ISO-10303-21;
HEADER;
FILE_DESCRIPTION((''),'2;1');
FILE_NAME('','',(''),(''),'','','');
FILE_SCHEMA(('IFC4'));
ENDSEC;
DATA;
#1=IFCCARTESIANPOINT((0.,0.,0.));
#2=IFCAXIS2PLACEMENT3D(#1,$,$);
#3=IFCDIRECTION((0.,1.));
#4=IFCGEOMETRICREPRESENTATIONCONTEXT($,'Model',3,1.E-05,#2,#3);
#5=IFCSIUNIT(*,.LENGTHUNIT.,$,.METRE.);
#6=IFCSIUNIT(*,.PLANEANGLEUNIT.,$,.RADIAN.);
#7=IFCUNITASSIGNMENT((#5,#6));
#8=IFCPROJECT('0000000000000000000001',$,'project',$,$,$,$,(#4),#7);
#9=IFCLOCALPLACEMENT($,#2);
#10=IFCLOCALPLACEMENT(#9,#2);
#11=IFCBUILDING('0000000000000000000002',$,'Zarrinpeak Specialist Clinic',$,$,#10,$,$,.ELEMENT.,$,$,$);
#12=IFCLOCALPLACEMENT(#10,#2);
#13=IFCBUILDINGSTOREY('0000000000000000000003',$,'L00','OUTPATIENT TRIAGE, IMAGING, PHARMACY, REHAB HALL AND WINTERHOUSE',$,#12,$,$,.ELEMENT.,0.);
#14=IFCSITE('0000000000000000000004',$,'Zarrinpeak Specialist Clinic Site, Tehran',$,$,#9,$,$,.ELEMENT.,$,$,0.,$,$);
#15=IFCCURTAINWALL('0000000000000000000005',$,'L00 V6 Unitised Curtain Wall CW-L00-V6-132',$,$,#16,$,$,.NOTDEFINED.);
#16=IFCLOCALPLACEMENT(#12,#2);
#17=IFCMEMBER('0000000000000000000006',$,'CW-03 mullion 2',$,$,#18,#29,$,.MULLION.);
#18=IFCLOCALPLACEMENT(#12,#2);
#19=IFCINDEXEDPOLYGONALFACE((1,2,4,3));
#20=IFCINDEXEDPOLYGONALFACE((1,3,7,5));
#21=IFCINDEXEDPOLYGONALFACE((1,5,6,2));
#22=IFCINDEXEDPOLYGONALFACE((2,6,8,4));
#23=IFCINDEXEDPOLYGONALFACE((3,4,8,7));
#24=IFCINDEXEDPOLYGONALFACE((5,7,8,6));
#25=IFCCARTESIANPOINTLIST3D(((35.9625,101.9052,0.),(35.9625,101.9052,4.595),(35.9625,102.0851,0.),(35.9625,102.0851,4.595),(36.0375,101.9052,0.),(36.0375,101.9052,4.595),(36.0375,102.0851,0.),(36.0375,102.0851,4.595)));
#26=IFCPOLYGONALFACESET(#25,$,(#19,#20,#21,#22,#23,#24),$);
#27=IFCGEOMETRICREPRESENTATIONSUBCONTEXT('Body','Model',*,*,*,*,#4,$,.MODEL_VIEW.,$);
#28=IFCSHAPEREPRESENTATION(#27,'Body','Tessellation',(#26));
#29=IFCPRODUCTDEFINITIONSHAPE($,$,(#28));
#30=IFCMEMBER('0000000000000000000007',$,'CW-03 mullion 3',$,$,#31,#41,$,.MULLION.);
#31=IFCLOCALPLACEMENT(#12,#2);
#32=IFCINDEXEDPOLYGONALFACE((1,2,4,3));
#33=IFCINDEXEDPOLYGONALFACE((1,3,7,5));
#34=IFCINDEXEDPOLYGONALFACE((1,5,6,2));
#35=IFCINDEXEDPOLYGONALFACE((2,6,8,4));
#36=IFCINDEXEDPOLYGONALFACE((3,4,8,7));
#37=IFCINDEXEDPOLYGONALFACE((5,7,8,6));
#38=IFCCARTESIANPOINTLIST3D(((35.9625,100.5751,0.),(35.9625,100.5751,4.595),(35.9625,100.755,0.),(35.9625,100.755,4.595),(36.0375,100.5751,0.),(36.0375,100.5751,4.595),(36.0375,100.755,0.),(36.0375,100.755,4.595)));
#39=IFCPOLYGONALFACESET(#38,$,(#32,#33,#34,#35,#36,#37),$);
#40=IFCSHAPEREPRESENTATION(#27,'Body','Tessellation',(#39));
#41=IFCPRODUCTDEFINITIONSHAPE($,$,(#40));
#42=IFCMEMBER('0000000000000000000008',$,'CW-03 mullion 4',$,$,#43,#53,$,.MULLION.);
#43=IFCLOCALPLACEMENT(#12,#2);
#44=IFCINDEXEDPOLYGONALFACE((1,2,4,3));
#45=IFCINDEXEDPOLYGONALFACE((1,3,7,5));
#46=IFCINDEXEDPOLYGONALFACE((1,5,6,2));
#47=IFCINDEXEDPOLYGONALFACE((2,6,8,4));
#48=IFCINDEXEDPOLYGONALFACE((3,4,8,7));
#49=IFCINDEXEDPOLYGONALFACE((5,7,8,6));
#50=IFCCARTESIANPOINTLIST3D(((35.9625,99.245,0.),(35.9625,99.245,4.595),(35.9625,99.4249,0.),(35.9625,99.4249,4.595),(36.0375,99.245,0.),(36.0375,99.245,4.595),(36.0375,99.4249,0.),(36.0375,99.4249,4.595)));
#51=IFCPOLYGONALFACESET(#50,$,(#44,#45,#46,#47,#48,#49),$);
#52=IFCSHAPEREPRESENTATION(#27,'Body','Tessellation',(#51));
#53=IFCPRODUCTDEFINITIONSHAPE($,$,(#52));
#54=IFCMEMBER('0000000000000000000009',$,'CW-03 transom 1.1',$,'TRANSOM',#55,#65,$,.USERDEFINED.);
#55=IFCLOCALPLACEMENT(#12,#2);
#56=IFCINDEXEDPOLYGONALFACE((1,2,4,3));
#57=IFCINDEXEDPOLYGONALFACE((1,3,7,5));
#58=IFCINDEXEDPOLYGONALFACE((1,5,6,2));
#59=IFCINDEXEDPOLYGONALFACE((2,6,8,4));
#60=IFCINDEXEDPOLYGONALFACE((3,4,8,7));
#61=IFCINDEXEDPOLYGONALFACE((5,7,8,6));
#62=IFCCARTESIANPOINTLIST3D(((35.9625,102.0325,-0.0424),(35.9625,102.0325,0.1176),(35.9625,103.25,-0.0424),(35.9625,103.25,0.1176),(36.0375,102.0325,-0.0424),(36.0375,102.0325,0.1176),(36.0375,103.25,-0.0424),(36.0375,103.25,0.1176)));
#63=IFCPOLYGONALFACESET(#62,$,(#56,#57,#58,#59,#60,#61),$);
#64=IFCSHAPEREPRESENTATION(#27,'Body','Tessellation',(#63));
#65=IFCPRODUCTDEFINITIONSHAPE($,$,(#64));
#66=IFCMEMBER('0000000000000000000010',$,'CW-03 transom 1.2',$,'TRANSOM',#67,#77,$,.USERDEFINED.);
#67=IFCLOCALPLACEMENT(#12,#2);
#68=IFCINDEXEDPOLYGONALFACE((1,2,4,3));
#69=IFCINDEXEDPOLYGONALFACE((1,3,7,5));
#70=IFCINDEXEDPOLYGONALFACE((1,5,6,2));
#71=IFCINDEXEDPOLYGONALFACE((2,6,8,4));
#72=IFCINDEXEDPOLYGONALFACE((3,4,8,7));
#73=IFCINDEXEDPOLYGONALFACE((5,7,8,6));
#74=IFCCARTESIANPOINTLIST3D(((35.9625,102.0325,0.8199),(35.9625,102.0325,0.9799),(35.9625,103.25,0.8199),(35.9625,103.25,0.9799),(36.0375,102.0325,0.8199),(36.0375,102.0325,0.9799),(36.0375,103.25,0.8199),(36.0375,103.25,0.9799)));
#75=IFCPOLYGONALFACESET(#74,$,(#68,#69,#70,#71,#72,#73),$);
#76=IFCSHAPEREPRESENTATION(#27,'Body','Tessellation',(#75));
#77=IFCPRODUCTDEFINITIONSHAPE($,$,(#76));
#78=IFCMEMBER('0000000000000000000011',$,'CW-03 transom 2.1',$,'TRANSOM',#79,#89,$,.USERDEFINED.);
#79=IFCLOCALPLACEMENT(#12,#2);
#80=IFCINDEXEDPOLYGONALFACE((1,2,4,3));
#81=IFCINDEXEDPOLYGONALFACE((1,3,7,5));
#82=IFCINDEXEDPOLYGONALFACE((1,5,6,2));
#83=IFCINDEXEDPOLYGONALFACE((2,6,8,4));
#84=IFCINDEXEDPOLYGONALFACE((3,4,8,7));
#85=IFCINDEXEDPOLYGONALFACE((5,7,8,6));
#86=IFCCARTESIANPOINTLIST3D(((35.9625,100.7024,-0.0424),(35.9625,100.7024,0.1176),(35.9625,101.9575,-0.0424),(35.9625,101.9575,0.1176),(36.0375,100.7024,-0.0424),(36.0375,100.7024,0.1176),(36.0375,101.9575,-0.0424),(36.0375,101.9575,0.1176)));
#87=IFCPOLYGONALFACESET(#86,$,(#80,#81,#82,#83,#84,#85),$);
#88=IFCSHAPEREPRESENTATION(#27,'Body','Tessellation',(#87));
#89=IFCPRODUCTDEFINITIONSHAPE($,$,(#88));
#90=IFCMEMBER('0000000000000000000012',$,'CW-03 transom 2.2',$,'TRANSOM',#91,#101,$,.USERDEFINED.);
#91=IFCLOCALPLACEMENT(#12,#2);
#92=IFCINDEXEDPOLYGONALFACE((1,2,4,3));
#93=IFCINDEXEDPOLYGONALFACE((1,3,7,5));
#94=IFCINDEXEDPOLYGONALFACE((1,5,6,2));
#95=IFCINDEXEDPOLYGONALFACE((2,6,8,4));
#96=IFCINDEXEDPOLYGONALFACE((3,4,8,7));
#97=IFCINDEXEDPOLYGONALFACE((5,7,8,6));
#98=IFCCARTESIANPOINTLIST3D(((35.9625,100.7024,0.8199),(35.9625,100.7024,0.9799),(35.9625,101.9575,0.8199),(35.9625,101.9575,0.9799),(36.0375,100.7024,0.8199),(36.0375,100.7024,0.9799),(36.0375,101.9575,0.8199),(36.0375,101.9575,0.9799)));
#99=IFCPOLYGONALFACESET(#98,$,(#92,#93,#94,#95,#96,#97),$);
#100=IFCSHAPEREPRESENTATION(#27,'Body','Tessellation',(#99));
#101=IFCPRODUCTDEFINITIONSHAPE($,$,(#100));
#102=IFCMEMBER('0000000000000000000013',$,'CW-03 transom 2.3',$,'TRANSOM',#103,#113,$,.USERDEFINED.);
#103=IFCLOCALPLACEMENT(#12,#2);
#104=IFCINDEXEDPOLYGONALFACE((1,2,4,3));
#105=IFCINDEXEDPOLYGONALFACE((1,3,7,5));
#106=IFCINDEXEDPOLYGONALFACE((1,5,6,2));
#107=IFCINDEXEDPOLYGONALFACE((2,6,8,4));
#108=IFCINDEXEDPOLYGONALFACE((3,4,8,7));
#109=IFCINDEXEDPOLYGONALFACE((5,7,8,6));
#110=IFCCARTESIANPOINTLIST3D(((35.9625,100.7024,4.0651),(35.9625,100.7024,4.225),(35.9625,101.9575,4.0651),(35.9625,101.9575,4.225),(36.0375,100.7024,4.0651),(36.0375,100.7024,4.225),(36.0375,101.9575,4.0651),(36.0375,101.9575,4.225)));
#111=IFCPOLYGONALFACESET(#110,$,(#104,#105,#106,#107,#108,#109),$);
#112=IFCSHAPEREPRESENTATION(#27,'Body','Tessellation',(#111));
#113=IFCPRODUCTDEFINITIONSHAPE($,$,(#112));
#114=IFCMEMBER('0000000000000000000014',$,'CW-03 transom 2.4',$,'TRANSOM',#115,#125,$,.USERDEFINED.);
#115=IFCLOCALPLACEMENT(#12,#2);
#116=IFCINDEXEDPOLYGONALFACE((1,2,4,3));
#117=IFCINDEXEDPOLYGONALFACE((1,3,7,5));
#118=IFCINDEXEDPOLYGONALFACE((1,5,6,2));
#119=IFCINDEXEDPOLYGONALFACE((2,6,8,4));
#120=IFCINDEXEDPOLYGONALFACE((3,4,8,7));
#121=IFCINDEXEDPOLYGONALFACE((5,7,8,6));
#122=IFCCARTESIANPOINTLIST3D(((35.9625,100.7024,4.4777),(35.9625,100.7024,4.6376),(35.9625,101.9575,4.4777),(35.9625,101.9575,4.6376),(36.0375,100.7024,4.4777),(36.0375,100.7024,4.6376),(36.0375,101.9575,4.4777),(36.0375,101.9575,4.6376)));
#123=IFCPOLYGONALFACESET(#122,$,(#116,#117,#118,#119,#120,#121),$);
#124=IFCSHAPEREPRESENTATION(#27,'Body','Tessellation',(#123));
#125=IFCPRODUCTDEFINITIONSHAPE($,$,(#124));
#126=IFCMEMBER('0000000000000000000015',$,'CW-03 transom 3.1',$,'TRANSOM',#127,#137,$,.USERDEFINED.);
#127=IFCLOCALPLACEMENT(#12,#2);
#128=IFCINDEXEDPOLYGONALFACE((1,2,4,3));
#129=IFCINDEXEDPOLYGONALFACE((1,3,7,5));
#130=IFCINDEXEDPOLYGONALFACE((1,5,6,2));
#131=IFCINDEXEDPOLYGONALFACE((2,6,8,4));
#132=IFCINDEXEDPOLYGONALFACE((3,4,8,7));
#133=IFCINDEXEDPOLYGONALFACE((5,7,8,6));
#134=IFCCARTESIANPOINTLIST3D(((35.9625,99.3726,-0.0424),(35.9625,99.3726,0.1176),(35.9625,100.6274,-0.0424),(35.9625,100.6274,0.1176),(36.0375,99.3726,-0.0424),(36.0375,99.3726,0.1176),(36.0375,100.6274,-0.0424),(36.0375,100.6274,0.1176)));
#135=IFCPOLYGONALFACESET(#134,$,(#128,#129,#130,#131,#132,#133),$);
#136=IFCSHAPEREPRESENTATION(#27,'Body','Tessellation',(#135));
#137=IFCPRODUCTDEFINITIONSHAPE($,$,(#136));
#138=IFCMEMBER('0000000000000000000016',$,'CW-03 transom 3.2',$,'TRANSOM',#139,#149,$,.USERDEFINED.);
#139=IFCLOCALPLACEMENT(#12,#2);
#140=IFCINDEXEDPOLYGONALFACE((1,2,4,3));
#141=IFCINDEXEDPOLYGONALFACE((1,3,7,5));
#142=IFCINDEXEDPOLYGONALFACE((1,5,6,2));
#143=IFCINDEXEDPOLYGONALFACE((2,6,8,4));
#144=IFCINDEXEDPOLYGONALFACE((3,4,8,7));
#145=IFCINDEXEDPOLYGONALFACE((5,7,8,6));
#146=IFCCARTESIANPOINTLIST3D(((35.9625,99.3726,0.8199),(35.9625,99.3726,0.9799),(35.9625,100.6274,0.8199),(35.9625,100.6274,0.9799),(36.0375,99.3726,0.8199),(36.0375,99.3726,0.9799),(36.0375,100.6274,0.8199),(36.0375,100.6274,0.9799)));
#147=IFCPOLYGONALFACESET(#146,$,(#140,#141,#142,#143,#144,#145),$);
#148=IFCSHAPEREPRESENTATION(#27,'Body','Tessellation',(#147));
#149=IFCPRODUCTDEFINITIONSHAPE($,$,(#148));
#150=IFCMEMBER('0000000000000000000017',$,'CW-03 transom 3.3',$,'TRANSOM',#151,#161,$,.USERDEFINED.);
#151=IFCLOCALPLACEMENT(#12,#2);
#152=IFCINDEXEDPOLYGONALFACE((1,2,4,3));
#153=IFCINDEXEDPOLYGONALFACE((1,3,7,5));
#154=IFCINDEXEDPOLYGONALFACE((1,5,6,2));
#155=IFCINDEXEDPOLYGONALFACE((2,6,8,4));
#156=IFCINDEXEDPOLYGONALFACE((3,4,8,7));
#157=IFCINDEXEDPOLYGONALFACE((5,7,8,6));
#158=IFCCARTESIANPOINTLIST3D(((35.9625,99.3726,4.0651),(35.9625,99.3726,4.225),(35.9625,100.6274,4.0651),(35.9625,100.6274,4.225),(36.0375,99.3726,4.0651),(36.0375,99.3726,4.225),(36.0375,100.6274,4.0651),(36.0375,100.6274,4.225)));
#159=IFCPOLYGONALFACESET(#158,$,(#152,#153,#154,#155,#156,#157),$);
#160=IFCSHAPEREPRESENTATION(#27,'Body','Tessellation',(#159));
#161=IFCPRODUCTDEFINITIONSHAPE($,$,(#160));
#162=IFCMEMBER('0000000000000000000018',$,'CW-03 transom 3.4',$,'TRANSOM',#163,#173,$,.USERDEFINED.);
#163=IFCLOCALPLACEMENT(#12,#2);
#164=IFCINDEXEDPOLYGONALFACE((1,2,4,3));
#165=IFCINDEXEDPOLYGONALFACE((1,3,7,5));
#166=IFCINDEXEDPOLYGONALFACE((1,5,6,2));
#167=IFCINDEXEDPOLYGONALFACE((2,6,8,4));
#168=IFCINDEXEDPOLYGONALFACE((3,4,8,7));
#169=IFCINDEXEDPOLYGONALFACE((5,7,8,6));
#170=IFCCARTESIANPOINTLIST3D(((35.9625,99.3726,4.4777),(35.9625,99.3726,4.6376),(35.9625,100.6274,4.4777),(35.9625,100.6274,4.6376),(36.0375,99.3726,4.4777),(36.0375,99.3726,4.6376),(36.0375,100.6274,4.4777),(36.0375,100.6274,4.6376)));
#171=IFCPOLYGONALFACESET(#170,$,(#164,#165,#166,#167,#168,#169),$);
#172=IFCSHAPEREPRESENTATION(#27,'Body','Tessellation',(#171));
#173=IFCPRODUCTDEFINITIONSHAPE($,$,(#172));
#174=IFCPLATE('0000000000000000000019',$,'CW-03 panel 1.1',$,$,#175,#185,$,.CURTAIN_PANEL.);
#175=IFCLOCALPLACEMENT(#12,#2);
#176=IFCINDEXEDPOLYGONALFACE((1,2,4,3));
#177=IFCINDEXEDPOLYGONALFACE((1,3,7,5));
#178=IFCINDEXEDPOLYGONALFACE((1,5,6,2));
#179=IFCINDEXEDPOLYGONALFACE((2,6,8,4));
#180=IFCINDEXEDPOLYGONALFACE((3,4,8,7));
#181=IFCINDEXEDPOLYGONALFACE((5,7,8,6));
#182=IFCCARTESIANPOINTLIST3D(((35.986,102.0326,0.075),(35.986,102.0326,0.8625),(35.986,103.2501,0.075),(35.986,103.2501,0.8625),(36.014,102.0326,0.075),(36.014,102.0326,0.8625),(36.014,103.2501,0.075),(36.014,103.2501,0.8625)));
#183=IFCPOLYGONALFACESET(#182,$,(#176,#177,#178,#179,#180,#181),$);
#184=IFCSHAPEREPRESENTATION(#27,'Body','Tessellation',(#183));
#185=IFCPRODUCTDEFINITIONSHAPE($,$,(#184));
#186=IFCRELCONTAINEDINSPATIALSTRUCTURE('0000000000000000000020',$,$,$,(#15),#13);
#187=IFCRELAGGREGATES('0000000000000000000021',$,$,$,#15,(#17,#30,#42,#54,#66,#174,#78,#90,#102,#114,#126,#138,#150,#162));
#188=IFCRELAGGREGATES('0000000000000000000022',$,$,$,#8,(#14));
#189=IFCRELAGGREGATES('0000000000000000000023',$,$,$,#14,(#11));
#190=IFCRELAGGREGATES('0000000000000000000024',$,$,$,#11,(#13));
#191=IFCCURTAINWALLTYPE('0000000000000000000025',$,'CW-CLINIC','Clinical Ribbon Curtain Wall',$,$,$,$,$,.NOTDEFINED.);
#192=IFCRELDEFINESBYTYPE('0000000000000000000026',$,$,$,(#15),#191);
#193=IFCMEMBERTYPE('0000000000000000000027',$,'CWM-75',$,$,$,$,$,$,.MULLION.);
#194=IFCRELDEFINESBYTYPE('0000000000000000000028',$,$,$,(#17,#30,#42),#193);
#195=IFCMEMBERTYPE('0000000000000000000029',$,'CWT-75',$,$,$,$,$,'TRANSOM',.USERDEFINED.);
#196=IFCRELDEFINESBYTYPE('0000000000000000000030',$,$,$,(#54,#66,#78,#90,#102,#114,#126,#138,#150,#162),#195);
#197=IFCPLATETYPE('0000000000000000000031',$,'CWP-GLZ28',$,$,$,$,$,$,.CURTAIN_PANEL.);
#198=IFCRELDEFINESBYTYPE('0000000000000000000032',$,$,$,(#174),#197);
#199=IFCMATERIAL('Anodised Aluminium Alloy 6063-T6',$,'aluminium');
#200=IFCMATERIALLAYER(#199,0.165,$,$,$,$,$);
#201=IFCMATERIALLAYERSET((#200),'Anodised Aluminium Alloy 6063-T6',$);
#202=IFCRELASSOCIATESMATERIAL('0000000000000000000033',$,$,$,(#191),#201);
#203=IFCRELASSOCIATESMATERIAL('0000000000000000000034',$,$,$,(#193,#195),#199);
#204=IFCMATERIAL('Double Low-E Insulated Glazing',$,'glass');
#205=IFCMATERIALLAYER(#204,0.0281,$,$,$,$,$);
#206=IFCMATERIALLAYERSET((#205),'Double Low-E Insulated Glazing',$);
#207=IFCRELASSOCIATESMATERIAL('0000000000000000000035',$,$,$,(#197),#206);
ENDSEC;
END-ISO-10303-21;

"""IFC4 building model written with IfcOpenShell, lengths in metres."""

from ifc_helpers import new_model, si_unit, direction, frame, origin, origin_2d, place, context, subcontext, project, spatial, rectangle, extrude, material, layer, layer_set, material_profile, profile_set, type_object, element, aggregate, save


model = new_model("IFC4")

# Units and contexts
model_context = context("Model", 3, precision=1e-05, world=origin(), true_north=direction((0.0, 1.0)))
body_context = subcontext(model_context, "Body", "Model", "MODEL_VIEW")
ifc_project = project(units=[si_unit("LENGTHUNIT", "METRE"), si_unit("PLANEANGLEUNIT", "RADIAN")], contexts=[model_context])

# Site, building, storey
site_placement = place(None, origin())
site = spatial("IfcSite", under=ifc_project, at=site_placement, Name="Zarrinpeak Specialist Clinic Site, Tehran", CompositionType="ELEMENT", RefElevation=0.0)
building_placement = place(site_placement, origin())
building = spatial("IfcBuilding", under=site, at=building_placement, Name="Zarrinpeak Specialist Clinic", CompositionType="ELEMENT")
storey_placement = place(building_placement, origin())
storey = spatial("IfcBuildingStorey", under=building, at=storey_placement, Name="L00", Description="OUTPATIENT TRIAGE, IMAGING, PHARMACY, REHAB HALL AND WINTERHOUSE", CompositionType="ELEMENT", Elevation=0.0)

# Curtain wall, members, plate
ifc_material_1 = material(Name="Anodised Aluminium Alloy 6063-T6", Category="aluminium")
ifc_layer_1 = layer(ifc_material_1, 0.165)
ifc_layer_set_1 = layer_set([ifc_layer_1], Name="Anodised Aluminium Alloy 6063-T6")
curtain_wall_type = type_object("IfcCurtainWallType", Name="CW-CLINIC", Description="Clinical Ribbon Curtain Wall", PredefinedType="NOTDEFINED", material=ifc_layer_set_1)
curtain_wall_placement = place(storey_placement, origin())
curtain_wall = element("IfcCurtainWall", 1, at=curtain_wall_placement, inside=storey, type_object=curtain_wall_type, Name="L00 V6 Unitised Curtain Wall CW-L00-V6-132", PredefinedType="NOTDEFINED")
ifc_material_profile_1 = material_profile(ifc_material_1, rectangle(XDim=0.075, YDim=0.1799, at=origin_2d()), Name="ALU 75x180")
ifc_profile_set_1 = profile_set([ifc_material_profile_1], Name="Anodised Aluminium Alloy 6063-T6")
member_type_1 = type_object("IfcMemberType", Name="CWM-75", PredefinedType="MULLION", material=ifc_profile_set_1)
member_1_placement = place(storey_placement, frame((36.0, 101.9951, 0.0), z_axis=(0.0, 0.0, 1.0), x_axis=(1.0, 0.0, 0.0)))
member_1 = element("IfcMember", 2, at=member_1_placement, type_object=member_type_1, Name="CW-03 mullion 2", PredefinedType="MULLION", context=body_context, shape_type="SweptSolid", body=[
    extrude(rectangle(XDim=0.075, YDim=0.1799, at=origin_2d()), origin(), (0.0, 0.0, 1.0), 4.595),
])
member_2_placement = place(storey_placement, frame((36.0, 100.665, 0.0), z_axis=(0.0, 0.0, 1.0), x_axis=(1.0, 0.0, 0.0)))
member_2 = element("IfcMember", 3, at=member_2_placement, type_object=member_type_1, Name="CW-03 mullion 3", PredefinedType="MULLION", context=body_context, shape_type="SweptSolid", body=[
    extrude(rectangle(XDim=0.075, YDim=0.1799, at=origin_2d()), origin(), (0.0, 0.0, 1.0), 4.595),
])
member_3_placement = place(storey_placement, frame((36.0, 99.335, 0.0), z_axis=(0.0, 0.0, 1.0), x_axis=(1.0, 0.0, 0.0)))
member_3 = element("IfcMember", 4, at=member_3_placement, type_object=member_type_1, Name="CW-03 mullion 4", PredefinedType="MULLION", context=body_context, shape_type="SweptSolid", body=[
    extrude(rectangle(XDim=0.075, YDim=0.1799, at=origin_2d()), origin(), (0.0, 0.0, 1.0), 4.595),
])
ifc_material_profile_2 = material_profile(ifc_material_1, rectangle(XDim=0.075, YDim=0.1599, at=origin_2d()), Name="ALU 75x160")
ifc_profile_set_2 = profile_set([ifc_material_profile_2], Name="Anodised Aluminium Alloy 6063-T6")
member_type_2 = type_object("IfcMemberType", Name="CWT-75", ElementType="TRANSOM", PredefinedType="USERDEFINED", material=ifc_profile_set_2)
member_4_placement = place(storey_placement, frame((36.0, 103.25, 0.0376), z_axis=(0.0, -1.0, 0.0), x_axis=(1.0, 0.0, 0.0)))
member_4 = element("IfcMember", 5, at=member_4_placement, type_object=member_type_2, Name="CW-03 transom 1.1", ObjectType="TRANSOM", PredefinedType="USERDEFINED", context=body_context, shape_type="SweptSolid", body=[
    extrude(rectangle(XDim=0.075, YDim=0.1599, at=origin_2d()), origin(), (0.0, 0.0, 1.0), 1.2175),
])
member_5_placement = place(storey_placement, frame((36.0, 103.25, 0.8999), z_axis=(0.0, -1.0, 0.0), x_axis=(1.0, 0.0, 0.0)))
member_5 = element("IfcMember", 6, at=member_5_placement, type_object=member_type_2, Name="CW-03 transom 1.2", ObjectType="TRANSOM", PredefinedType="USERDEFINED", context=body_context, shape_type="SweptSolid", body=[
    extrude(rectangle(XDim=0.075, YDim=0.1599, at=origin_2d()), origin(), (0.0, 0.0, 1.0), 1.2175),
])
member_6_placement = place(storey_placement, frame((36.0, 101.9575, 0.0376), z_axis=(0.0, -1.0, 0.0), x_axis=(1.0, 0.0, 0.0)))
member_6 = element("IfcMember", 7, at=member_6_placement, type_object=member_type_2, Name="CW-03 transom 2.1", ObjectType="TRANSOM", PredefinedType="USERDEFINED", context=body_context, shape_type="SweptSolid", body=[
    extrude(rectangle(XDim=0.075, YDim=0.1599, at=origin_2d()), origin(), (0.0, 0.0, 1.0), 1.2551),
])
member_7_placement = place(storey_placement, frame((36.0, 101.9575, 0.8999), z_axis=(0.0, -1.0, 0.0), x_axis=(1.0, 0.0, 0.0)))
member_7 = element("IfcMember", 8, at=member_7_placement, type_object=member_type_2, Name="CW-03 transom 2.2", ObjectType="TRANSOM", PredefinedType="USERDEFINED", context=body_context, shape_type="SweptSolid", body=[
    extrude(rectangle(XDim=0.075, YDim=0.1599, at=origin_2d()), origin(), (0.0, 0.0, 1.0), 1.2551),
])
member_8_placement = place(storey_placement, frame((36.0, 101.9575, 4.145), z_axis=(0.0, -1.0, 0.0), x_axis=(1.0, 0.0, 0.0)))
member_8 = element("IfcMember", 9, at=member_8_placement, type_object=member_type_2, Name="CW-03 transom 2.3", ObjectType="TRANSOM", PredefinedType="USERDEFINED", context=body_context, shape_type="SweptSolid", body=[
    extrude(rectangle(XDim=0.075, YDim=0.1599, at=origin_2d()), origin(), (0.0, 0.0, 1.0), 1.2551),
])
member_9_placement = place(storey_placement, frame((36.0, 101.9575, 4.5576), z_axis=(0.0, -1.0, 0.0), x_axis=(1.0, 0.0, 0.0)))
member_9 = element("IfcMember", 10, at=member_9_placement, type_object=member_type_2, Name="CW-03 transom 2.4", ObjectType="TRANSOM", PredefinedType="USERDEFINED", context=body_context, shape_type="SweptSolid", body=[
    extrude(rectangle(XDim=0.075, YDim=0.1599, at=origin_2d()), origin(), (0.0, 0.0, 1.0), 1.2551),
])
member_10_placement = place(storey_placement, frame((36.0, 100.6274, 0.0376), z_axis=(0.0, -1.0, 0.0), x_axis=(1.0, 0.0, 0.0)))
member_10 = element("IfcMember", 11, at=member_10_placement, type_object=member_type_2, Name="CW-03 transom 3.1", ObjectType="TRANSOM", PredefinedType="USERDEFINED", context=body_context, shape_type="SweptSolid", body=[
    extrude(rectangle(XDim=0.075, YDim=0.1599, at=origin_2d()), origin(), (0.0, 0.0, 1.0), 1.2549),
])
member_11_placement = place(storey_placement, frame((36.0, 100.6274, 0.8999), z_axis=(0.0, -1.0, 0.0), x_axis=(1.0, 0.0, 0.0)))
member_11 = element("IfcMember", 12, at=member_11_placement, type_object=member_type_2, Name="CW-03 transom 3.2", ObjectType="TRANSOM", PredefinedType="USERDEFINED", context=body_context, shape_type="SweptSolid", body=[
    extrude(rectangle(XDim=0.075, YDim=0.1599, at=origin_2d()), origin(), (0.0, 0.0, 1.0), 1.2549),
])
member_12_placement = place(storey_placement, frame((36.0, 100.6274, 4.145), z_axis=(0.0, -1.0, 0.0), x_axis=(1.0, 0.0, 0.0)))
member_12 = element("IfcMember", 13, at=member_12_placement, type_object=member_type_2, Name="CW-03 transom 3.3", ObjectType="TRANSOM", PredefinedType="USERDEFINED", context=body_context, shape_type="SweptSolid", body=[
    extrude(rectangle(XDim=0.075, YDim=0.1599, at=origin_2d()), origin(), (0.0, 0.0, 1.0), 1.2549),
])
member_13_placement = place(storey_placement, frame((36.0, 100.6274, 4.5576), z_axis=(0.0, -1.0, 0.0), x_axis=(1.0, 0.0, 0.0)))
member_13 = element("IfcMember", 14, at=member_13_placement, type_object=member_type_2, Name="CW-03 transom 3.4", ObjectType="TRANSOM", PredefinedType="USERDEFINED", context=body_context, shape_type="SweptSolid", body=[
    extrude(rectangle(XDim=0.075, YDim=0.1599, at=origin_2d()), origin(), (0.0, 0.0, 1.0), 1.2549),
])
ifc_material_2 = material(Name="Double Low-E Insulated Glazing", Category="glass")
ifc_layer_2 = layer(ifc_material_2, 0.0281)
ifc_layer_set_2 = layer_set([ifc_layer_2], Name="Double Low-E Insulated Glazing")
plate_type = type_object("IfcPlateType", Name="CWP-GLZ28", PredefinedType="CURTAIN_PANEL", material=ifc_layer_set_2)
plate_1_placement = place(storey_placement, frame((36.0, 102.6414, 0.075), z_axis=(0.0, 0.0, 1.0), x_axis=(0.0, -1.0, 0.0)))
plate_1 = element("IfcPlate", 15, at=plate_1_placement, type_object=plate_type, Name="CW-03 panel 1.1", PredefinedType="CURTAIN_PANEL", context=body_context, shape_type="SweptSolid", body=[
    extrude(rectangle(XDim=1.2175, YDim=0.0281, at=origin_2d()), origin(), (0.0, 0.0, 1.0), 0.7876),
])
aggregate(curtain_wall, [member_1, member_2, member_3, member_4, member_5, plate_1, member_6, member_7, member_8, member_9, member_10, member_11, member_12, member_13])

save(model, "model.ifc")
